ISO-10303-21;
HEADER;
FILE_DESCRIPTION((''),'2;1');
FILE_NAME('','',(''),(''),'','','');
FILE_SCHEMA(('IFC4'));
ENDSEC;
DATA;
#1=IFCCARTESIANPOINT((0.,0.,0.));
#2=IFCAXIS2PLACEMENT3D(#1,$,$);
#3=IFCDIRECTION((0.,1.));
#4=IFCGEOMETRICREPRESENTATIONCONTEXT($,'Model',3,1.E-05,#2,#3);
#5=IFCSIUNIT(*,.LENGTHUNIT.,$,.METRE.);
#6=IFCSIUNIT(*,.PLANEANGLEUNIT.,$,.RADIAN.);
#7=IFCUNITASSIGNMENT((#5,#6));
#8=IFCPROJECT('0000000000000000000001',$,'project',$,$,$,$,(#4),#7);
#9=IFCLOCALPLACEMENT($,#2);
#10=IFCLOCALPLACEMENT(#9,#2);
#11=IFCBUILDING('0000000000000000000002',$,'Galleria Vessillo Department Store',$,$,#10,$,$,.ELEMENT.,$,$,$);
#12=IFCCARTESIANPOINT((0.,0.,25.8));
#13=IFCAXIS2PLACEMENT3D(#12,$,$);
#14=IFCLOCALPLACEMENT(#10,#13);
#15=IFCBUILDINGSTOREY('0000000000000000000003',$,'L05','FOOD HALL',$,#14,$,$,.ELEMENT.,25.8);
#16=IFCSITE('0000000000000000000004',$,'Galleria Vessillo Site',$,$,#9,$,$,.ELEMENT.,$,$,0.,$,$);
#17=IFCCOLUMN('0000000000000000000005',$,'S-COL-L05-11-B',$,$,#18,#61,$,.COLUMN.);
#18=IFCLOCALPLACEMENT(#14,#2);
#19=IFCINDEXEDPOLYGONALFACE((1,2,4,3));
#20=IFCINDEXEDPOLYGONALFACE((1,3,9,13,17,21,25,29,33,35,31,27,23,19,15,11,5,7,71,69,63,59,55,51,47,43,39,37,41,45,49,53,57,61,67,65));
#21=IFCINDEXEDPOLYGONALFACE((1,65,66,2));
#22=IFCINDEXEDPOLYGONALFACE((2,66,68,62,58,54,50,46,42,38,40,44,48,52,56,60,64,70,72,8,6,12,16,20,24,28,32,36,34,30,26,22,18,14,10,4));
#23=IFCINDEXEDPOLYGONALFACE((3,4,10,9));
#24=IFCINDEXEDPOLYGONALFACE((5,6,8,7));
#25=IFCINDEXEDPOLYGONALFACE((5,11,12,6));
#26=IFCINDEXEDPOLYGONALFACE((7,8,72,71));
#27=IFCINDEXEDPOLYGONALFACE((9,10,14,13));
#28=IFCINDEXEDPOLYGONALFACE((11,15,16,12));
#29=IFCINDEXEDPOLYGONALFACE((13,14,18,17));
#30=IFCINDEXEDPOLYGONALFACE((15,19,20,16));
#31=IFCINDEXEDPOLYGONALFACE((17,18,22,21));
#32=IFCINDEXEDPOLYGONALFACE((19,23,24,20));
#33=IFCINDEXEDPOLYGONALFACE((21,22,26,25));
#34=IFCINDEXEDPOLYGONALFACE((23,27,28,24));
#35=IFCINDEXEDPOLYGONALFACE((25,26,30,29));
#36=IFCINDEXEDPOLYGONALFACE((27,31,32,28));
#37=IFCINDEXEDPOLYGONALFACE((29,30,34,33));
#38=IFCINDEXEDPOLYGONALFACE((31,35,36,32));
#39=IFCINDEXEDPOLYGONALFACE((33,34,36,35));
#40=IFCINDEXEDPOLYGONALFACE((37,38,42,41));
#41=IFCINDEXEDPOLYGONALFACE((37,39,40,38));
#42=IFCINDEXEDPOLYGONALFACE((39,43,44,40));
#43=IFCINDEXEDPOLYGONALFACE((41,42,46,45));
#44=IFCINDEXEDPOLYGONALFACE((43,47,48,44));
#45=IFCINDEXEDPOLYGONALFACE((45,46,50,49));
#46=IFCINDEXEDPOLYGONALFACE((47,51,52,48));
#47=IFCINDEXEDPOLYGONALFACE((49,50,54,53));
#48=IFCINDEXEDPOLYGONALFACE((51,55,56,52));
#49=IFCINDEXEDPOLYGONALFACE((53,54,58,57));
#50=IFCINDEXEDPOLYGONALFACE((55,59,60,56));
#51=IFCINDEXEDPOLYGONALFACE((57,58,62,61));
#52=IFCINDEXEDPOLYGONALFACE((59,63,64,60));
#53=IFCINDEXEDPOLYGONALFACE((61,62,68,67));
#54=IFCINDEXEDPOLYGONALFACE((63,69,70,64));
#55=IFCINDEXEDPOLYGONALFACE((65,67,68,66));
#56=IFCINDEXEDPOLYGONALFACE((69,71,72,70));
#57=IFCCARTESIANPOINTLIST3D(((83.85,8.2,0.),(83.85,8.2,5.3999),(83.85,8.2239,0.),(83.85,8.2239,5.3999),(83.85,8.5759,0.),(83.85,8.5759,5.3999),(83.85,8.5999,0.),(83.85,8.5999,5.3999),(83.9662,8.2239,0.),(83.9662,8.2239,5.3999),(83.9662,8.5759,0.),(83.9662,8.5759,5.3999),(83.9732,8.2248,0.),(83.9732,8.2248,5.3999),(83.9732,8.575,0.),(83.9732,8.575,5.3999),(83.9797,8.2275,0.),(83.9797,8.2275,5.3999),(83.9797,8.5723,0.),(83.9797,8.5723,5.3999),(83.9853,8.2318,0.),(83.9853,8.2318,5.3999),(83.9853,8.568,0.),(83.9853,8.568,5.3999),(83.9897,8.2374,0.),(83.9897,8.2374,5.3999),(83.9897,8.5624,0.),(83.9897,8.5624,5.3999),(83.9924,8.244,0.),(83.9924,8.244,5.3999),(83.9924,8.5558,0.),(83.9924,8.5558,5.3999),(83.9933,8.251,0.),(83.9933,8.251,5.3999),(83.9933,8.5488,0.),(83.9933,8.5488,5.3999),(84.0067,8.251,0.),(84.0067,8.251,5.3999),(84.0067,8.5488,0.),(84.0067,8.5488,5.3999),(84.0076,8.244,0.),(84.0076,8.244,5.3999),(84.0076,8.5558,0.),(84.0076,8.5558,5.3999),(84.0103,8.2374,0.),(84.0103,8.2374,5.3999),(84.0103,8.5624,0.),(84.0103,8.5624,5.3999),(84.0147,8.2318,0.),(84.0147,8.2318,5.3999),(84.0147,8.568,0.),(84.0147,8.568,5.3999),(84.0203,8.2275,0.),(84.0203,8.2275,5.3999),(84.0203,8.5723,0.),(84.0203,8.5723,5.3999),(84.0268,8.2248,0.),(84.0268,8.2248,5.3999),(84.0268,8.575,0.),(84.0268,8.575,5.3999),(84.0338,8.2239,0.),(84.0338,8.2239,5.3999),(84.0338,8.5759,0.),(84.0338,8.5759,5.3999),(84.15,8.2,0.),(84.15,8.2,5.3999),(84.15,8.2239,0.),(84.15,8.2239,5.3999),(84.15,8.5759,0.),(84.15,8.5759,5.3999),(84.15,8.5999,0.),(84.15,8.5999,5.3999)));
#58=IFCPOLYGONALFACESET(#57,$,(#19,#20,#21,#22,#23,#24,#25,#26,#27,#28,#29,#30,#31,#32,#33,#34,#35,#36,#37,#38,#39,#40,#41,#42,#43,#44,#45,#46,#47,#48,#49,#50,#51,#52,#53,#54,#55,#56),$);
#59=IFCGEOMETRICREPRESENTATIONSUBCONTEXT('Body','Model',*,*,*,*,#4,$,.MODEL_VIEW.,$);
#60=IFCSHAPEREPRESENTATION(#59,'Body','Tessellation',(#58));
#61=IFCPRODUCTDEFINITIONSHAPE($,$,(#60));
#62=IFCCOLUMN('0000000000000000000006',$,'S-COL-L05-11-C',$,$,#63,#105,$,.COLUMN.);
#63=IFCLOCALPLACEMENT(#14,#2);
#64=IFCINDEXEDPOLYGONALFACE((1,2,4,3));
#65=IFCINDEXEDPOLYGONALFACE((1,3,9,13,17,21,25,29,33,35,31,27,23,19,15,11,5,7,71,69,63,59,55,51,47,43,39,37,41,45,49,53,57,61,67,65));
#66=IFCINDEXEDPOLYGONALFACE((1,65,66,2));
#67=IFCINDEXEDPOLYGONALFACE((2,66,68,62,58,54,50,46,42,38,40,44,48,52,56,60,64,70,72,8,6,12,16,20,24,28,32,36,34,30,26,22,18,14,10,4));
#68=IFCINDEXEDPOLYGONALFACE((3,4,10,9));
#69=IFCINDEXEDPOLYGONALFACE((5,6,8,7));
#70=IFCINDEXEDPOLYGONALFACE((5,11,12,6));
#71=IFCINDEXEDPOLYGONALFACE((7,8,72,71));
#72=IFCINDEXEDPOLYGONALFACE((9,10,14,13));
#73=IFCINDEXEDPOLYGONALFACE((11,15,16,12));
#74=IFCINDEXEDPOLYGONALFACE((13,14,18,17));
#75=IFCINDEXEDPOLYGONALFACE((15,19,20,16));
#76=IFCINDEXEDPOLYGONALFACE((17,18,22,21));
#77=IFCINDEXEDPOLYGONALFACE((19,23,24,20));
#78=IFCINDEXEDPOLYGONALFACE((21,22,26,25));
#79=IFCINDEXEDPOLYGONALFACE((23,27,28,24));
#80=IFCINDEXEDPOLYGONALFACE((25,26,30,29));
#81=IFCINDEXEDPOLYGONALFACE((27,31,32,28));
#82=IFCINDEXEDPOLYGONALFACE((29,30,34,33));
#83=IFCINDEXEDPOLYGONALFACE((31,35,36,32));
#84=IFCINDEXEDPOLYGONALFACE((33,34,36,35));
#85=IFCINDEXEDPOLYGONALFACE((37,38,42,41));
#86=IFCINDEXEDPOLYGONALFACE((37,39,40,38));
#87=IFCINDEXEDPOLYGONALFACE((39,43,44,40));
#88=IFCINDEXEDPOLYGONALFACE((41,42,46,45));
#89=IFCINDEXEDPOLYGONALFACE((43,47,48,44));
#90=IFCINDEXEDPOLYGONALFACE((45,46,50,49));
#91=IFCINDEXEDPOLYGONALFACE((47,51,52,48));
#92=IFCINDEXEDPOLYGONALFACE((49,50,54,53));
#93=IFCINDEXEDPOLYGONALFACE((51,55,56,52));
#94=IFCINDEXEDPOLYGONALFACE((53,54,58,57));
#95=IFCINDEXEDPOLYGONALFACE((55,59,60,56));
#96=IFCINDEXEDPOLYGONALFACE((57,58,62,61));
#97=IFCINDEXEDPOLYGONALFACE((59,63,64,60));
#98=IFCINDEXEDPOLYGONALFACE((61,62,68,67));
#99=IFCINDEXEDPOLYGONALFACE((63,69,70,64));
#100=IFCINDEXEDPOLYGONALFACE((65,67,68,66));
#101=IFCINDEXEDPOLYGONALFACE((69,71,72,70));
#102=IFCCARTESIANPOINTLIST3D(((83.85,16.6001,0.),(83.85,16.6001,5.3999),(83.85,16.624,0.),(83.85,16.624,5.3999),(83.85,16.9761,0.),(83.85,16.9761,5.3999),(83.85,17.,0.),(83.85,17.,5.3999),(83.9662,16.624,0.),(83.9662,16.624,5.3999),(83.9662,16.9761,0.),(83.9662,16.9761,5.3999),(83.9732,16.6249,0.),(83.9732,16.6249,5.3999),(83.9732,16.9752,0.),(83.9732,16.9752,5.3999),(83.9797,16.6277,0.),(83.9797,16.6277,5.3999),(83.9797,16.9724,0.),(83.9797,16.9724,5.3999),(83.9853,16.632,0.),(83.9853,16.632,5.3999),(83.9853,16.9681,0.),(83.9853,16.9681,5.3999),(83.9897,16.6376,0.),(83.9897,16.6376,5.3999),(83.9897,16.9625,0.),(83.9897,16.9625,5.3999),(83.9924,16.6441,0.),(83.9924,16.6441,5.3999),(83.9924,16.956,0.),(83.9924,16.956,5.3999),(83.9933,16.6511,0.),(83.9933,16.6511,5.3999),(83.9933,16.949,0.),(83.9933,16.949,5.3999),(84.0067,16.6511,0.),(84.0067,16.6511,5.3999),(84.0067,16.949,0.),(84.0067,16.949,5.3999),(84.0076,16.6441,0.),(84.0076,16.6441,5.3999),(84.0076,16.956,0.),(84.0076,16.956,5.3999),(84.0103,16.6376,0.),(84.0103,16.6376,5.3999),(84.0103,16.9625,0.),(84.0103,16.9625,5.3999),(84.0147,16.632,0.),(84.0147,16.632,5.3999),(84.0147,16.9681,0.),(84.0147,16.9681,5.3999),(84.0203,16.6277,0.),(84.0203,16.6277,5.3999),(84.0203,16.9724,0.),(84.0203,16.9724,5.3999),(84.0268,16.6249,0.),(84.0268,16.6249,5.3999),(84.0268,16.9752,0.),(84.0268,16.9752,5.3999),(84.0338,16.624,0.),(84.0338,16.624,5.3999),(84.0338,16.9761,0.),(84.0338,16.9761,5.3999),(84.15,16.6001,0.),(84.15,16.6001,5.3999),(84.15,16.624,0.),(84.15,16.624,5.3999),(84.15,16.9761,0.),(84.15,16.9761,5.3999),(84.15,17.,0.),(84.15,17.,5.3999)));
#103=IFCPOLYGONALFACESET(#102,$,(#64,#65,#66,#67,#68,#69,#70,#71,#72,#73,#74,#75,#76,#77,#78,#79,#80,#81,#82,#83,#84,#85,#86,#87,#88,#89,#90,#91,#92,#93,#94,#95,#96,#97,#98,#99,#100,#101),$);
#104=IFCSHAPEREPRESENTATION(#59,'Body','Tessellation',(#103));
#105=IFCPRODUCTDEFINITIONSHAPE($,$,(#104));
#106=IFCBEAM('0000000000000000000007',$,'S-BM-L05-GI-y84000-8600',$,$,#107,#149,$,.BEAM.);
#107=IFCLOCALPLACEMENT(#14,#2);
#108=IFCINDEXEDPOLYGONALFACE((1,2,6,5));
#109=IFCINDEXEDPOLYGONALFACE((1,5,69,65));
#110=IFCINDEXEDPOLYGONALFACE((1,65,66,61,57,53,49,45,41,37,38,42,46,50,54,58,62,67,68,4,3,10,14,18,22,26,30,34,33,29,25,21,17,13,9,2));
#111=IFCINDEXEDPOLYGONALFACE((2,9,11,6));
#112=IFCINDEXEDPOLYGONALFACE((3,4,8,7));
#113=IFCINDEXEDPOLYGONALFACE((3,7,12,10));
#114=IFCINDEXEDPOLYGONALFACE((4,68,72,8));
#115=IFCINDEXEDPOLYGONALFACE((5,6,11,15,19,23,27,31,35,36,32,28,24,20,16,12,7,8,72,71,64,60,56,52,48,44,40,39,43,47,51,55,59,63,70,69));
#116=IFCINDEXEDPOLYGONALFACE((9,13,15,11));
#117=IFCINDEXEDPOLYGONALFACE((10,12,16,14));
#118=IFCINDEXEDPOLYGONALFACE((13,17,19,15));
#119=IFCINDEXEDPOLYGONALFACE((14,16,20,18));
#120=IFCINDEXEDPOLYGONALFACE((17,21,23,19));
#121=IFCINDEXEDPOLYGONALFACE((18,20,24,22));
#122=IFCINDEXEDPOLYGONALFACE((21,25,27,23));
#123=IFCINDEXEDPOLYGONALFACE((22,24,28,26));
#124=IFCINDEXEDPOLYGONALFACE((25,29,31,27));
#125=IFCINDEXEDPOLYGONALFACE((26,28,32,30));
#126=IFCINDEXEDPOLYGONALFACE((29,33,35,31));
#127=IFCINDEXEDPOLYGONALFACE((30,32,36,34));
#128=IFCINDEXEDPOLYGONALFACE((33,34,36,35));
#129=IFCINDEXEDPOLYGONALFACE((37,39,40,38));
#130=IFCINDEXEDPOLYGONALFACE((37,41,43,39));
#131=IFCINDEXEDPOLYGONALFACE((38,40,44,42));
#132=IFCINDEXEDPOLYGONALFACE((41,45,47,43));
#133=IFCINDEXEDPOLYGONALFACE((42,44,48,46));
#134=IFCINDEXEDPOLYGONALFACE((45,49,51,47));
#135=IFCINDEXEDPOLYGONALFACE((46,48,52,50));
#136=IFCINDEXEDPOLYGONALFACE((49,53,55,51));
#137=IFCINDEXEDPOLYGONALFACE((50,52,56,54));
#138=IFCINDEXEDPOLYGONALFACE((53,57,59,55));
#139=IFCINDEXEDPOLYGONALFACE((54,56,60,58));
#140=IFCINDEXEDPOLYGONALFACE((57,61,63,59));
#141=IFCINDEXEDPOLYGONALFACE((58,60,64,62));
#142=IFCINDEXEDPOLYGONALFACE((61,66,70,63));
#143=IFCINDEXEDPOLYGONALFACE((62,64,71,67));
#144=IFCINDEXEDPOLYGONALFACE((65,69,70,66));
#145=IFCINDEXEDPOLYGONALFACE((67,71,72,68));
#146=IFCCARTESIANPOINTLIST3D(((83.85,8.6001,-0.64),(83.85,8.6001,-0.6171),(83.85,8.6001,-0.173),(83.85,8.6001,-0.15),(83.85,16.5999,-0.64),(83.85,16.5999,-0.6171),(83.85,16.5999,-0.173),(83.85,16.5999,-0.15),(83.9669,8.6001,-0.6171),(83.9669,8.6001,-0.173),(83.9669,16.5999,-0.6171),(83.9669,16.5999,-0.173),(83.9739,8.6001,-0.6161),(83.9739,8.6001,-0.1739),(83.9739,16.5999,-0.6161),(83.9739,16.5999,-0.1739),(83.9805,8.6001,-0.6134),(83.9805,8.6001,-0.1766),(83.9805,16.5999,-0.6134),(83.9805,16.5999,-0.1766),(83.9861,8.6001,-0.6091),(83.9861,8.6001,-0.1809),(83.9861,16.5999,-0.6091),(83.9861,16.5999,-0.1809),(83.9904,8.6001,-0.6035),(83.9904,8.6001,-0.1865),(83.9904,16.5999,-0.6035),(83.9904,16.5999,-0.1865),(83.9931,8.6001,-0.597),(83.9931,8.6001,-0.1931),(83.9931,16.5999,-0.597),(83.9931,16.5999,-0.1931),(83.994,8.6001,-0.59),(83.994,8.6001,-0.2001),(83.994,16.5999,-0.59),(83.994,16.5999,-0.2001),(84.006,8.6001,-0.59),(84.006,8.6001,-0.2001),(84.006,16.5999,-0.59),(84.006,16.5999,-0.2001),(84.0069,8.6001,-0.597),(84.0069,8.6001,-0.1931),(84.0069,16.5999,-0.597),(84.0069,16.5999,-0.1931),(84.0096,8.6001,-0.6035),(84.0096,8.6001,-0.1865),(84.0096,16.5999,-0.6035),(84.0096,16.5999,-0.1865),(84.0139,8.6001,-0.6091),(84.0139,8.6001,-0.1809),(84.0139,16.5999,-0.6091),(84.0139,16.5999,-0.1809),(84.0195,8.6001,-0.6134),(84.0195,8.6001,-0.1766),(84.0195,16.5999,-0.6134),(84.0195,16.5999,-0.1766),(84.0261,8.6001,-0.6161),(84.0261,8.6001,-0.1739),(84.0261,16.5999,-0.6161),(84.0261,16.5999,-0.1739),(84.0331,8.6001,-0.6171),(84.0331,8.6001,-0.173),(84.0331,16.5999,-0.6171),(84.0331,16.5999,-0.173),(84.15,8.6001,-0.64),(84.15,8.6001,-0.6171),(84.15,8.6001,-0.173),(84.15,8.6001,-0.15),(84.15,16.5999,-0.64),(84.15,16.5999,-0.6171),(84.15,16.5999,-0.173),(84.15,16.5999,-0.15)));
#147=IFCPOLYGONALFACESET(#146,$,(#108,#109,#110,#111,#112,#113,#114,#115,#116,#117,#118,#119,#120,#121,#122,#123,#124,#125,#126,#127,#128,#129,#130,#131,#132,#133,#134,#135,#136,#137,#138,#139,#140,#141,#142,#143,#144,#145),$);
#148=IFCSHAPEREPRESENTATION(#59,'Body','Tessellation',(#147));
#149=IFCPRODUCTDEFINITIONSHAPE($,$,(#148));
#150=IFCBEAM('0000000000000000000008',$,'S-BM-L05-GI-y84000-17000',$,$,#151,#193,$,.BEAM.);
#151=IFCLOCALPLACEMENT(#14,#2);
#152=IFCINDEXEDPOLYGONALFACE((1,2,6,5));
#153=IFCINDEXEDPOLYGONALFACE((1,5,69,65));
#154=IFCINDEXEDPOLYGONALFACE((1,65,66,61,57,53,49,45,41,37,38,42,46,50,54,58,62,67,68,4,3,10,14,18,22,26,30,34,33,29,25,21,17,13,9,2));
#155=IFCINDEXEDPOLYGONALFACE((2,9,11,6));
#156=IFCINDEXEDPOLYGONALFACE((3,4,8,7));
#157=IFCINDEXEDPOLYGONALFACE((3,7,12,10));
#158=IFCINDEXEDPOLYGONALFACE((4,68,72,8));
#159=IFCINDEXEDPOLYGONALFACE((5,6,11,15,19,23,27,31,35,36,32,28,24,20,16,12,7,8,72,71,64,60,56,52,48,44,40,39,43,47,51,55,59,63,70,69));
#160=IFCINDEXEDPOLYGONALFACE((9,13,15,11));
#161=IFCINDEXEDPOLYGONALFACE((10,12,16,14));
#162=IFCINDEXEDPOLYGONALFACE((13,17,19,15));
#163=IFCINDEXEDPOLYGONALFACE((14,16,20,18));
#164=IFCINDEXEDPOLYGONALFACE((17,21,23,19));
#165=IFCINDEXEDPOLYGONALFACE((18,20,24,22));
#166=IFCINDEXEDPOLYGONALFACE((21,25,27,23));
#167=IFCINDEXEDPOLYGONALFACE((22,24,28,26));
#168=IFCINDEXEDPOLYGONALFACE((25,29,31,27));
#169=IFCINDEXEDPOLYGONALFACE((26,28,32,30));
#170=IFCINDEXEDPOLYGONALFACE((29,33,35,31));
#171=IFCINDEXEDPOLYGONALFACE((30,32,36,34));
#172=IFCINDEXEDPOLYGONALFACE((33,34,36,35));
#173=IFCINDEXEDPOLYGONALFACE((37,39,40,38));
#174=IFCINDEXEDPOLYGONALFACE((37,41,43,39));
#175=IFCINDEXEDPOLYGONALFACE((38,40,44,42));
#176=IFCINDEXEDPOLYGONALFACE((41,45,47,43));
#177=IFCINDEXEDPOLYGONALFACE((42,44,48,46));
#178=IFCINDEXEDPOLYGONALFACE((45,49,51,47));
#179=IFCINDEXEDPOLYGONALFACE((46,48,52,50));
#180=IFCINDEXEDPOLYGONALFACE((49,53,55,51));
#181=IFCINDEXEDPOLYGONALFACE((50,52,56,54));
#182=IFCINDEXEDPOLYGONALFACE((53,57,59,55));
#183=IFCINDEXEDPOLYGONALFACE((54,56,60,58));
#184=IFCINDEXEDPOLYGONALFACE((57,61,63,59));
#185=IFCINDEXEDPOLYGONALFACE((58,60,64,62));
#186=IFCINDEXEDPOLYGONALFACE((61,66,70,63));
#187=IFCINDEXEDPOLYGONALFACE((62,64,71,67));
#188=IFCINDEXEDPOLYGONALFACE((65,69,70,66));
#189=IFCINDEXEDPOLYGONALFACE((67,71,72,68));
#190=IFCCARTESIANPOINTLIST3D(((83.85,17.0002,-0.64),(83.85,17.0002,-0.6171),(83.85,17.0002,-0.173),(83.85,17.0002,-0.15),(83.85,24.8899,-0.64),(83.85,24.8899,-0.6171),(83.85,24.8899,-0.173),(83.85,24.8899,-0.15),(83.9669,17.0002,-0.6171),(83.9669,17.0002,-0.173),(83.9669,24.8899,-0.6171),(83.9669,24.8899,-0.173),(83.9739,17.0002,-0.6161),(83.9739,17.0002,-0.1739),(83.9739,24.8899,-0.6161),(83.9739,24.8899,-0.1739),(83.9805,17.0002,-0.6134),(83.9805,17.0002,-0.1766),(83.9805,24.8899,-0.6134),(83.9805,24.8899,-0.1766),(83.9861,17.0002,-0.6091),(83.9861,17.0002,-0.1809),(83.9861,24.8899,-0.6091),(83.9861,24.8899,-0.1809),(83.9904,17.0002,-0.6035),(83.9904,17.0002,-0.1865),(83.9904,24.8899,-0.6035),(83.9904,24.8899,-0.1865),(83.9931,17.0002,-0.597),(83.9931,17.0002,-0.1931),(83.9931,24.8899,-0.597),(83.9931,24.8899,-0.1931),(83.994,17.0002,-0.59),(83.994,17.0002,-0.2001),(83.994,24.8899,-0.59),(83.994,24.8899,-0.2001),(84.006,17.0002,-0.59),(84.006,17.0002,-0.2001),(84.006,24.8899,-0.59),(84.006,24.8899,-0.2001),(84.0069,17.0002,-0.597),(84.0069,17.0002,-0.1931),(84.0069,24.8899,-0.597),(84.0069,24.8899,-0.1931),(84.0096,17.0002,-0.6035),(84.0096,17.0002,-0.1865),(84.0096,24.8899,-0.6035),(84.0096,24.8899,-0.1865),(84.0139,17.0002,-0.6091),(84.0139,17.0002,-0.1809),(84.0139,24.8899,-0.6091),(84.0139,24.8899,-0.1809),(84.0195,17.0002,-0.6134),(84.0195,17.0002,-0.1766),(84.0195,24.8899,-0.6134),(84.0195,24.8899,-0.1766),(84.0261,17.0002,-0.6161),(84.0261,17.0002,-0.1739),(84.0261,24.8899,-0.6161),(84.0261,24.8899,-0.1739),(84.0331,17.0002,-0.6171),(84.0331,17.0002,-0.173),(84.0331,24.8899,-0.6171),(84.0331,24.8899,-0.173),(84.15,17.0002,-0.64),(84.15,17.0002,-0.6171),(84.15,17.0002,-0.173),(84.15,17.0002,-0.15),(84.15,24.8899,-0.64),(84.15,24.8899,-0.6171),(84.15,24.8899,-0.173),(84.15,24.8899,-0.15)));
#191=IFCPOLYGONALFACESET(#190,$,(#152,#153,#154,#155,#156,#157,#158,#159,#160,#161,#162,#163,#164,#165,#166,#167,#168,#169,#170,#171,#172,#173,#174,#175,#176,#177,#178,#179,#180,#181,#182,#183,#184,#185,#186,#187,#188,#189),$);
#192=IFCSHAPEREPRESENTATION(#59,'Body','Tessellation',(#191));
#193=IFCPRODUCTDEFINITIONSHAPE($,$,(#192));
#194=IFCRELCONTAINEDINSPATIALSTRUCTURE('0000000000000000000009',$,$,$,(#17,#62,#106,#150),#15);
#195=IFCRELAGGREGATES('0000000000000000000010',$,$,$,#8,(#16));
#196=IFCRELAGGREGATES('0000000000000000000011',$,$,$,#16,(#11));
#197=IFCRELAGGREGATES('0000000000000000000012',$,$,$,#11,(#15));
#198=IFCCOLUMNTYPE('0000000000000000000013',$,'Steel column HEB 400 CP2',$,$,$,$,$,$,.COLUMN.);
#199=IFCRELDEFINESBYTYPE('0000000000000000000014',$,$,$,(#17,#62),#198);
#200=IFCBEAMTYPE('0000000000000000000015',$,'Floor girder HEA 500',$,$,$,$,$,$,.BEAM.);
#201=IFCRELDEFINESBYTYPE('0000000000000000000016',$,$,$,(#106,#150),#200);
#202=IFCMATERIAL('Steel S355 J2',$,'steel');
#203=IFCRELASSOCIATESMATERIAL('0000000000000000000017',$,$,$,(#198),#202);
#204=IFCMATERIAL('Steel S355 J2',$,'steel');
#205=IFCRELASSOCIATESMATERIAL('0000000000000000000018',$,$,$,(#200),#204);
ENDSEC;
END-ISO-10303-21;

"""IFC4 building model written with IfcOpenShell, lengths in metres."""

from ifc_helpers import new_model, si_unit, direction, frame, origin, origin_2d, place, context, subcontext, project, spatial, i_section, extrude, material, material_profile, profile_set, type_object, element, save


model = new_model("IFC4")

# Units and contexts
model_context = context("Model", 3, precision=1e-05, world=origin(), true_north=direction((0.0, 1.0)))
body_context = subcontext(model_context, "Body", "Model", "MODEL_VIEW")
ifc_project = project(units=[si_unit("LENGTHUNIT", "METRE"), si_unit("PLANEANGLEUNIT", "RADIAN")], contexts=[model_context])

# Site, building, storey
site_placement = place(None, origin())
site = spatial("IfcSite", under=ifc_project, at=site_placement, Name="Galleria Vessillo Site", CompositionType="ELEMENT", RefElevation=0.0)
building_placement = place(site_placement, origin())
building = spatial("IfcBuilding", under=site, at=building_placement, Name="Galleria Vessillo Department Store", CompositionType="ELEMENT")
storey_placement = place(building_placement, frame((0.0, 0.0, 25.8)))
storey = spatial("IfcBuildingStorey", under=building, at=storey_placement, Name="L05", Description="FOOD HALL", CompositionType="ELEMENT", Elevation=25.8)

# Columns
ifc_material_1 = material(Name="Steel S355 J2", Category="steel")
ifc_material_profile_1 = material_profile(ifc_material_1, i_section(OverallWidth=0.3, OverallDepth=0.3999, WebThickness=0.0134, FlangeThickness=0.0239, FilletRadius=0.0271, at=origin_2d()), Name="HEB 400")
ifc_profile_set_1 = profile_set([ifc_material_profile_1], Name="Steel S355 J2")
column_type = type_object("IfcColumnType", Name="Steel column HEB 400 CP2", PredefinedType="COLUMN", material=ifc_profile_set_1)
for number, where, z_axis, x_axis, name in (
    (1, (84.0, 8.3999, 0.0), (0.0, 0.0, 1.0), (1.0, 0.0, 0.0), "S-COL-L05-11-B"),
    (2, (84.0, 16.8, 0.0), (0.0, 0.0, 1.0), (1.0, 0.0, 0.0), "S-COL-L05-11-C"),
):
    element("IfcColumn", number, at=place(storey_placement, frame(where, z_axis=z_axis, x_axis=x_axis)), inside=storey, type_object=column_type, Name=name, PredefinedType="COLUMN", context=body_context, shape_type="SweptSolid", body=[
        extrude(i_section(OverallWidth=0.3, OverallDepth=0.3999, WebThickness=0.0134, FlangeThickness=0.0239, FilletRadius=0.0271, at=origin_2d()), origin(), (0.0, 0.0, 1.0), 5.3999),
    ])

# Beams
ifc_material_2 = material(Name="Steel S355 J2", Category="steel")
ifc_material_profile_2 = material_profile(ifc_material_2, i_section(OverallWidth=0.3, OverallDepth=0.49, WebThickness=0.012, FlangeThickness=0.0229, FilletRadius=0.0271, at=origin_2d()), Name="HEA 500")
ifc_profile_set_2 = profile_set([ifc_material_profile_2], Name="Steel S355 J2")
beam_type_1 = type_object("IfcBeamType", Name="Floor girder HEA 500", PredefinedType="BEAM", material=ifc_profile_set_2)
beam_1_placement = place(storey_placement, frame((84.0, 8.6001, -0.395), z_axis=(0.0, 1.0, 0.0), x_axis=(-1.0, 0.0, 0.0)))
element("IfcBeam", 3, at=beam_1_placement, inside=storey, type_object=beam_type_1, Name="S-BM-L05-GI-y84000-8600", PredefinedType="BEAM", context=body_context, shape_type="SweptSolid", body=[
    extrude(i_section(OverallWidth=0.3, OverallDepth=0.49, WebThickness=0.012, FlangeThickness=0.0229, FilletRadius=0.0271, at=origin_2d()), origin(), (0.0, 0.0, 1.0), 7.9998),
])
beam_2_placement = place(storey_placement, frame((84.0, 17.0002, -0.395), z_axis=(0.0, 1.0, 0.0), x_axis=(-1.0, 0.0, 0.0)))
element("IfcBeam", 4, at=beam_2_placement, inside=storey, type_object=beam_type_1, Name="S-BM-L05-GI-y84000-17000", PredefinedType="BEAM", context=body_context, shape_type="SweptSolid", body=[
    extrude(i_section(OverallWidth=0.3, OverallDepth=0.49, WebThickness=0.012, FlangeThickness=0.0229, FilletRadius=0.0271, at=origin_2d()), origin(), (0.0, 0.0, 1.0), 7.8896),
])

save(model, "model.ifc")
